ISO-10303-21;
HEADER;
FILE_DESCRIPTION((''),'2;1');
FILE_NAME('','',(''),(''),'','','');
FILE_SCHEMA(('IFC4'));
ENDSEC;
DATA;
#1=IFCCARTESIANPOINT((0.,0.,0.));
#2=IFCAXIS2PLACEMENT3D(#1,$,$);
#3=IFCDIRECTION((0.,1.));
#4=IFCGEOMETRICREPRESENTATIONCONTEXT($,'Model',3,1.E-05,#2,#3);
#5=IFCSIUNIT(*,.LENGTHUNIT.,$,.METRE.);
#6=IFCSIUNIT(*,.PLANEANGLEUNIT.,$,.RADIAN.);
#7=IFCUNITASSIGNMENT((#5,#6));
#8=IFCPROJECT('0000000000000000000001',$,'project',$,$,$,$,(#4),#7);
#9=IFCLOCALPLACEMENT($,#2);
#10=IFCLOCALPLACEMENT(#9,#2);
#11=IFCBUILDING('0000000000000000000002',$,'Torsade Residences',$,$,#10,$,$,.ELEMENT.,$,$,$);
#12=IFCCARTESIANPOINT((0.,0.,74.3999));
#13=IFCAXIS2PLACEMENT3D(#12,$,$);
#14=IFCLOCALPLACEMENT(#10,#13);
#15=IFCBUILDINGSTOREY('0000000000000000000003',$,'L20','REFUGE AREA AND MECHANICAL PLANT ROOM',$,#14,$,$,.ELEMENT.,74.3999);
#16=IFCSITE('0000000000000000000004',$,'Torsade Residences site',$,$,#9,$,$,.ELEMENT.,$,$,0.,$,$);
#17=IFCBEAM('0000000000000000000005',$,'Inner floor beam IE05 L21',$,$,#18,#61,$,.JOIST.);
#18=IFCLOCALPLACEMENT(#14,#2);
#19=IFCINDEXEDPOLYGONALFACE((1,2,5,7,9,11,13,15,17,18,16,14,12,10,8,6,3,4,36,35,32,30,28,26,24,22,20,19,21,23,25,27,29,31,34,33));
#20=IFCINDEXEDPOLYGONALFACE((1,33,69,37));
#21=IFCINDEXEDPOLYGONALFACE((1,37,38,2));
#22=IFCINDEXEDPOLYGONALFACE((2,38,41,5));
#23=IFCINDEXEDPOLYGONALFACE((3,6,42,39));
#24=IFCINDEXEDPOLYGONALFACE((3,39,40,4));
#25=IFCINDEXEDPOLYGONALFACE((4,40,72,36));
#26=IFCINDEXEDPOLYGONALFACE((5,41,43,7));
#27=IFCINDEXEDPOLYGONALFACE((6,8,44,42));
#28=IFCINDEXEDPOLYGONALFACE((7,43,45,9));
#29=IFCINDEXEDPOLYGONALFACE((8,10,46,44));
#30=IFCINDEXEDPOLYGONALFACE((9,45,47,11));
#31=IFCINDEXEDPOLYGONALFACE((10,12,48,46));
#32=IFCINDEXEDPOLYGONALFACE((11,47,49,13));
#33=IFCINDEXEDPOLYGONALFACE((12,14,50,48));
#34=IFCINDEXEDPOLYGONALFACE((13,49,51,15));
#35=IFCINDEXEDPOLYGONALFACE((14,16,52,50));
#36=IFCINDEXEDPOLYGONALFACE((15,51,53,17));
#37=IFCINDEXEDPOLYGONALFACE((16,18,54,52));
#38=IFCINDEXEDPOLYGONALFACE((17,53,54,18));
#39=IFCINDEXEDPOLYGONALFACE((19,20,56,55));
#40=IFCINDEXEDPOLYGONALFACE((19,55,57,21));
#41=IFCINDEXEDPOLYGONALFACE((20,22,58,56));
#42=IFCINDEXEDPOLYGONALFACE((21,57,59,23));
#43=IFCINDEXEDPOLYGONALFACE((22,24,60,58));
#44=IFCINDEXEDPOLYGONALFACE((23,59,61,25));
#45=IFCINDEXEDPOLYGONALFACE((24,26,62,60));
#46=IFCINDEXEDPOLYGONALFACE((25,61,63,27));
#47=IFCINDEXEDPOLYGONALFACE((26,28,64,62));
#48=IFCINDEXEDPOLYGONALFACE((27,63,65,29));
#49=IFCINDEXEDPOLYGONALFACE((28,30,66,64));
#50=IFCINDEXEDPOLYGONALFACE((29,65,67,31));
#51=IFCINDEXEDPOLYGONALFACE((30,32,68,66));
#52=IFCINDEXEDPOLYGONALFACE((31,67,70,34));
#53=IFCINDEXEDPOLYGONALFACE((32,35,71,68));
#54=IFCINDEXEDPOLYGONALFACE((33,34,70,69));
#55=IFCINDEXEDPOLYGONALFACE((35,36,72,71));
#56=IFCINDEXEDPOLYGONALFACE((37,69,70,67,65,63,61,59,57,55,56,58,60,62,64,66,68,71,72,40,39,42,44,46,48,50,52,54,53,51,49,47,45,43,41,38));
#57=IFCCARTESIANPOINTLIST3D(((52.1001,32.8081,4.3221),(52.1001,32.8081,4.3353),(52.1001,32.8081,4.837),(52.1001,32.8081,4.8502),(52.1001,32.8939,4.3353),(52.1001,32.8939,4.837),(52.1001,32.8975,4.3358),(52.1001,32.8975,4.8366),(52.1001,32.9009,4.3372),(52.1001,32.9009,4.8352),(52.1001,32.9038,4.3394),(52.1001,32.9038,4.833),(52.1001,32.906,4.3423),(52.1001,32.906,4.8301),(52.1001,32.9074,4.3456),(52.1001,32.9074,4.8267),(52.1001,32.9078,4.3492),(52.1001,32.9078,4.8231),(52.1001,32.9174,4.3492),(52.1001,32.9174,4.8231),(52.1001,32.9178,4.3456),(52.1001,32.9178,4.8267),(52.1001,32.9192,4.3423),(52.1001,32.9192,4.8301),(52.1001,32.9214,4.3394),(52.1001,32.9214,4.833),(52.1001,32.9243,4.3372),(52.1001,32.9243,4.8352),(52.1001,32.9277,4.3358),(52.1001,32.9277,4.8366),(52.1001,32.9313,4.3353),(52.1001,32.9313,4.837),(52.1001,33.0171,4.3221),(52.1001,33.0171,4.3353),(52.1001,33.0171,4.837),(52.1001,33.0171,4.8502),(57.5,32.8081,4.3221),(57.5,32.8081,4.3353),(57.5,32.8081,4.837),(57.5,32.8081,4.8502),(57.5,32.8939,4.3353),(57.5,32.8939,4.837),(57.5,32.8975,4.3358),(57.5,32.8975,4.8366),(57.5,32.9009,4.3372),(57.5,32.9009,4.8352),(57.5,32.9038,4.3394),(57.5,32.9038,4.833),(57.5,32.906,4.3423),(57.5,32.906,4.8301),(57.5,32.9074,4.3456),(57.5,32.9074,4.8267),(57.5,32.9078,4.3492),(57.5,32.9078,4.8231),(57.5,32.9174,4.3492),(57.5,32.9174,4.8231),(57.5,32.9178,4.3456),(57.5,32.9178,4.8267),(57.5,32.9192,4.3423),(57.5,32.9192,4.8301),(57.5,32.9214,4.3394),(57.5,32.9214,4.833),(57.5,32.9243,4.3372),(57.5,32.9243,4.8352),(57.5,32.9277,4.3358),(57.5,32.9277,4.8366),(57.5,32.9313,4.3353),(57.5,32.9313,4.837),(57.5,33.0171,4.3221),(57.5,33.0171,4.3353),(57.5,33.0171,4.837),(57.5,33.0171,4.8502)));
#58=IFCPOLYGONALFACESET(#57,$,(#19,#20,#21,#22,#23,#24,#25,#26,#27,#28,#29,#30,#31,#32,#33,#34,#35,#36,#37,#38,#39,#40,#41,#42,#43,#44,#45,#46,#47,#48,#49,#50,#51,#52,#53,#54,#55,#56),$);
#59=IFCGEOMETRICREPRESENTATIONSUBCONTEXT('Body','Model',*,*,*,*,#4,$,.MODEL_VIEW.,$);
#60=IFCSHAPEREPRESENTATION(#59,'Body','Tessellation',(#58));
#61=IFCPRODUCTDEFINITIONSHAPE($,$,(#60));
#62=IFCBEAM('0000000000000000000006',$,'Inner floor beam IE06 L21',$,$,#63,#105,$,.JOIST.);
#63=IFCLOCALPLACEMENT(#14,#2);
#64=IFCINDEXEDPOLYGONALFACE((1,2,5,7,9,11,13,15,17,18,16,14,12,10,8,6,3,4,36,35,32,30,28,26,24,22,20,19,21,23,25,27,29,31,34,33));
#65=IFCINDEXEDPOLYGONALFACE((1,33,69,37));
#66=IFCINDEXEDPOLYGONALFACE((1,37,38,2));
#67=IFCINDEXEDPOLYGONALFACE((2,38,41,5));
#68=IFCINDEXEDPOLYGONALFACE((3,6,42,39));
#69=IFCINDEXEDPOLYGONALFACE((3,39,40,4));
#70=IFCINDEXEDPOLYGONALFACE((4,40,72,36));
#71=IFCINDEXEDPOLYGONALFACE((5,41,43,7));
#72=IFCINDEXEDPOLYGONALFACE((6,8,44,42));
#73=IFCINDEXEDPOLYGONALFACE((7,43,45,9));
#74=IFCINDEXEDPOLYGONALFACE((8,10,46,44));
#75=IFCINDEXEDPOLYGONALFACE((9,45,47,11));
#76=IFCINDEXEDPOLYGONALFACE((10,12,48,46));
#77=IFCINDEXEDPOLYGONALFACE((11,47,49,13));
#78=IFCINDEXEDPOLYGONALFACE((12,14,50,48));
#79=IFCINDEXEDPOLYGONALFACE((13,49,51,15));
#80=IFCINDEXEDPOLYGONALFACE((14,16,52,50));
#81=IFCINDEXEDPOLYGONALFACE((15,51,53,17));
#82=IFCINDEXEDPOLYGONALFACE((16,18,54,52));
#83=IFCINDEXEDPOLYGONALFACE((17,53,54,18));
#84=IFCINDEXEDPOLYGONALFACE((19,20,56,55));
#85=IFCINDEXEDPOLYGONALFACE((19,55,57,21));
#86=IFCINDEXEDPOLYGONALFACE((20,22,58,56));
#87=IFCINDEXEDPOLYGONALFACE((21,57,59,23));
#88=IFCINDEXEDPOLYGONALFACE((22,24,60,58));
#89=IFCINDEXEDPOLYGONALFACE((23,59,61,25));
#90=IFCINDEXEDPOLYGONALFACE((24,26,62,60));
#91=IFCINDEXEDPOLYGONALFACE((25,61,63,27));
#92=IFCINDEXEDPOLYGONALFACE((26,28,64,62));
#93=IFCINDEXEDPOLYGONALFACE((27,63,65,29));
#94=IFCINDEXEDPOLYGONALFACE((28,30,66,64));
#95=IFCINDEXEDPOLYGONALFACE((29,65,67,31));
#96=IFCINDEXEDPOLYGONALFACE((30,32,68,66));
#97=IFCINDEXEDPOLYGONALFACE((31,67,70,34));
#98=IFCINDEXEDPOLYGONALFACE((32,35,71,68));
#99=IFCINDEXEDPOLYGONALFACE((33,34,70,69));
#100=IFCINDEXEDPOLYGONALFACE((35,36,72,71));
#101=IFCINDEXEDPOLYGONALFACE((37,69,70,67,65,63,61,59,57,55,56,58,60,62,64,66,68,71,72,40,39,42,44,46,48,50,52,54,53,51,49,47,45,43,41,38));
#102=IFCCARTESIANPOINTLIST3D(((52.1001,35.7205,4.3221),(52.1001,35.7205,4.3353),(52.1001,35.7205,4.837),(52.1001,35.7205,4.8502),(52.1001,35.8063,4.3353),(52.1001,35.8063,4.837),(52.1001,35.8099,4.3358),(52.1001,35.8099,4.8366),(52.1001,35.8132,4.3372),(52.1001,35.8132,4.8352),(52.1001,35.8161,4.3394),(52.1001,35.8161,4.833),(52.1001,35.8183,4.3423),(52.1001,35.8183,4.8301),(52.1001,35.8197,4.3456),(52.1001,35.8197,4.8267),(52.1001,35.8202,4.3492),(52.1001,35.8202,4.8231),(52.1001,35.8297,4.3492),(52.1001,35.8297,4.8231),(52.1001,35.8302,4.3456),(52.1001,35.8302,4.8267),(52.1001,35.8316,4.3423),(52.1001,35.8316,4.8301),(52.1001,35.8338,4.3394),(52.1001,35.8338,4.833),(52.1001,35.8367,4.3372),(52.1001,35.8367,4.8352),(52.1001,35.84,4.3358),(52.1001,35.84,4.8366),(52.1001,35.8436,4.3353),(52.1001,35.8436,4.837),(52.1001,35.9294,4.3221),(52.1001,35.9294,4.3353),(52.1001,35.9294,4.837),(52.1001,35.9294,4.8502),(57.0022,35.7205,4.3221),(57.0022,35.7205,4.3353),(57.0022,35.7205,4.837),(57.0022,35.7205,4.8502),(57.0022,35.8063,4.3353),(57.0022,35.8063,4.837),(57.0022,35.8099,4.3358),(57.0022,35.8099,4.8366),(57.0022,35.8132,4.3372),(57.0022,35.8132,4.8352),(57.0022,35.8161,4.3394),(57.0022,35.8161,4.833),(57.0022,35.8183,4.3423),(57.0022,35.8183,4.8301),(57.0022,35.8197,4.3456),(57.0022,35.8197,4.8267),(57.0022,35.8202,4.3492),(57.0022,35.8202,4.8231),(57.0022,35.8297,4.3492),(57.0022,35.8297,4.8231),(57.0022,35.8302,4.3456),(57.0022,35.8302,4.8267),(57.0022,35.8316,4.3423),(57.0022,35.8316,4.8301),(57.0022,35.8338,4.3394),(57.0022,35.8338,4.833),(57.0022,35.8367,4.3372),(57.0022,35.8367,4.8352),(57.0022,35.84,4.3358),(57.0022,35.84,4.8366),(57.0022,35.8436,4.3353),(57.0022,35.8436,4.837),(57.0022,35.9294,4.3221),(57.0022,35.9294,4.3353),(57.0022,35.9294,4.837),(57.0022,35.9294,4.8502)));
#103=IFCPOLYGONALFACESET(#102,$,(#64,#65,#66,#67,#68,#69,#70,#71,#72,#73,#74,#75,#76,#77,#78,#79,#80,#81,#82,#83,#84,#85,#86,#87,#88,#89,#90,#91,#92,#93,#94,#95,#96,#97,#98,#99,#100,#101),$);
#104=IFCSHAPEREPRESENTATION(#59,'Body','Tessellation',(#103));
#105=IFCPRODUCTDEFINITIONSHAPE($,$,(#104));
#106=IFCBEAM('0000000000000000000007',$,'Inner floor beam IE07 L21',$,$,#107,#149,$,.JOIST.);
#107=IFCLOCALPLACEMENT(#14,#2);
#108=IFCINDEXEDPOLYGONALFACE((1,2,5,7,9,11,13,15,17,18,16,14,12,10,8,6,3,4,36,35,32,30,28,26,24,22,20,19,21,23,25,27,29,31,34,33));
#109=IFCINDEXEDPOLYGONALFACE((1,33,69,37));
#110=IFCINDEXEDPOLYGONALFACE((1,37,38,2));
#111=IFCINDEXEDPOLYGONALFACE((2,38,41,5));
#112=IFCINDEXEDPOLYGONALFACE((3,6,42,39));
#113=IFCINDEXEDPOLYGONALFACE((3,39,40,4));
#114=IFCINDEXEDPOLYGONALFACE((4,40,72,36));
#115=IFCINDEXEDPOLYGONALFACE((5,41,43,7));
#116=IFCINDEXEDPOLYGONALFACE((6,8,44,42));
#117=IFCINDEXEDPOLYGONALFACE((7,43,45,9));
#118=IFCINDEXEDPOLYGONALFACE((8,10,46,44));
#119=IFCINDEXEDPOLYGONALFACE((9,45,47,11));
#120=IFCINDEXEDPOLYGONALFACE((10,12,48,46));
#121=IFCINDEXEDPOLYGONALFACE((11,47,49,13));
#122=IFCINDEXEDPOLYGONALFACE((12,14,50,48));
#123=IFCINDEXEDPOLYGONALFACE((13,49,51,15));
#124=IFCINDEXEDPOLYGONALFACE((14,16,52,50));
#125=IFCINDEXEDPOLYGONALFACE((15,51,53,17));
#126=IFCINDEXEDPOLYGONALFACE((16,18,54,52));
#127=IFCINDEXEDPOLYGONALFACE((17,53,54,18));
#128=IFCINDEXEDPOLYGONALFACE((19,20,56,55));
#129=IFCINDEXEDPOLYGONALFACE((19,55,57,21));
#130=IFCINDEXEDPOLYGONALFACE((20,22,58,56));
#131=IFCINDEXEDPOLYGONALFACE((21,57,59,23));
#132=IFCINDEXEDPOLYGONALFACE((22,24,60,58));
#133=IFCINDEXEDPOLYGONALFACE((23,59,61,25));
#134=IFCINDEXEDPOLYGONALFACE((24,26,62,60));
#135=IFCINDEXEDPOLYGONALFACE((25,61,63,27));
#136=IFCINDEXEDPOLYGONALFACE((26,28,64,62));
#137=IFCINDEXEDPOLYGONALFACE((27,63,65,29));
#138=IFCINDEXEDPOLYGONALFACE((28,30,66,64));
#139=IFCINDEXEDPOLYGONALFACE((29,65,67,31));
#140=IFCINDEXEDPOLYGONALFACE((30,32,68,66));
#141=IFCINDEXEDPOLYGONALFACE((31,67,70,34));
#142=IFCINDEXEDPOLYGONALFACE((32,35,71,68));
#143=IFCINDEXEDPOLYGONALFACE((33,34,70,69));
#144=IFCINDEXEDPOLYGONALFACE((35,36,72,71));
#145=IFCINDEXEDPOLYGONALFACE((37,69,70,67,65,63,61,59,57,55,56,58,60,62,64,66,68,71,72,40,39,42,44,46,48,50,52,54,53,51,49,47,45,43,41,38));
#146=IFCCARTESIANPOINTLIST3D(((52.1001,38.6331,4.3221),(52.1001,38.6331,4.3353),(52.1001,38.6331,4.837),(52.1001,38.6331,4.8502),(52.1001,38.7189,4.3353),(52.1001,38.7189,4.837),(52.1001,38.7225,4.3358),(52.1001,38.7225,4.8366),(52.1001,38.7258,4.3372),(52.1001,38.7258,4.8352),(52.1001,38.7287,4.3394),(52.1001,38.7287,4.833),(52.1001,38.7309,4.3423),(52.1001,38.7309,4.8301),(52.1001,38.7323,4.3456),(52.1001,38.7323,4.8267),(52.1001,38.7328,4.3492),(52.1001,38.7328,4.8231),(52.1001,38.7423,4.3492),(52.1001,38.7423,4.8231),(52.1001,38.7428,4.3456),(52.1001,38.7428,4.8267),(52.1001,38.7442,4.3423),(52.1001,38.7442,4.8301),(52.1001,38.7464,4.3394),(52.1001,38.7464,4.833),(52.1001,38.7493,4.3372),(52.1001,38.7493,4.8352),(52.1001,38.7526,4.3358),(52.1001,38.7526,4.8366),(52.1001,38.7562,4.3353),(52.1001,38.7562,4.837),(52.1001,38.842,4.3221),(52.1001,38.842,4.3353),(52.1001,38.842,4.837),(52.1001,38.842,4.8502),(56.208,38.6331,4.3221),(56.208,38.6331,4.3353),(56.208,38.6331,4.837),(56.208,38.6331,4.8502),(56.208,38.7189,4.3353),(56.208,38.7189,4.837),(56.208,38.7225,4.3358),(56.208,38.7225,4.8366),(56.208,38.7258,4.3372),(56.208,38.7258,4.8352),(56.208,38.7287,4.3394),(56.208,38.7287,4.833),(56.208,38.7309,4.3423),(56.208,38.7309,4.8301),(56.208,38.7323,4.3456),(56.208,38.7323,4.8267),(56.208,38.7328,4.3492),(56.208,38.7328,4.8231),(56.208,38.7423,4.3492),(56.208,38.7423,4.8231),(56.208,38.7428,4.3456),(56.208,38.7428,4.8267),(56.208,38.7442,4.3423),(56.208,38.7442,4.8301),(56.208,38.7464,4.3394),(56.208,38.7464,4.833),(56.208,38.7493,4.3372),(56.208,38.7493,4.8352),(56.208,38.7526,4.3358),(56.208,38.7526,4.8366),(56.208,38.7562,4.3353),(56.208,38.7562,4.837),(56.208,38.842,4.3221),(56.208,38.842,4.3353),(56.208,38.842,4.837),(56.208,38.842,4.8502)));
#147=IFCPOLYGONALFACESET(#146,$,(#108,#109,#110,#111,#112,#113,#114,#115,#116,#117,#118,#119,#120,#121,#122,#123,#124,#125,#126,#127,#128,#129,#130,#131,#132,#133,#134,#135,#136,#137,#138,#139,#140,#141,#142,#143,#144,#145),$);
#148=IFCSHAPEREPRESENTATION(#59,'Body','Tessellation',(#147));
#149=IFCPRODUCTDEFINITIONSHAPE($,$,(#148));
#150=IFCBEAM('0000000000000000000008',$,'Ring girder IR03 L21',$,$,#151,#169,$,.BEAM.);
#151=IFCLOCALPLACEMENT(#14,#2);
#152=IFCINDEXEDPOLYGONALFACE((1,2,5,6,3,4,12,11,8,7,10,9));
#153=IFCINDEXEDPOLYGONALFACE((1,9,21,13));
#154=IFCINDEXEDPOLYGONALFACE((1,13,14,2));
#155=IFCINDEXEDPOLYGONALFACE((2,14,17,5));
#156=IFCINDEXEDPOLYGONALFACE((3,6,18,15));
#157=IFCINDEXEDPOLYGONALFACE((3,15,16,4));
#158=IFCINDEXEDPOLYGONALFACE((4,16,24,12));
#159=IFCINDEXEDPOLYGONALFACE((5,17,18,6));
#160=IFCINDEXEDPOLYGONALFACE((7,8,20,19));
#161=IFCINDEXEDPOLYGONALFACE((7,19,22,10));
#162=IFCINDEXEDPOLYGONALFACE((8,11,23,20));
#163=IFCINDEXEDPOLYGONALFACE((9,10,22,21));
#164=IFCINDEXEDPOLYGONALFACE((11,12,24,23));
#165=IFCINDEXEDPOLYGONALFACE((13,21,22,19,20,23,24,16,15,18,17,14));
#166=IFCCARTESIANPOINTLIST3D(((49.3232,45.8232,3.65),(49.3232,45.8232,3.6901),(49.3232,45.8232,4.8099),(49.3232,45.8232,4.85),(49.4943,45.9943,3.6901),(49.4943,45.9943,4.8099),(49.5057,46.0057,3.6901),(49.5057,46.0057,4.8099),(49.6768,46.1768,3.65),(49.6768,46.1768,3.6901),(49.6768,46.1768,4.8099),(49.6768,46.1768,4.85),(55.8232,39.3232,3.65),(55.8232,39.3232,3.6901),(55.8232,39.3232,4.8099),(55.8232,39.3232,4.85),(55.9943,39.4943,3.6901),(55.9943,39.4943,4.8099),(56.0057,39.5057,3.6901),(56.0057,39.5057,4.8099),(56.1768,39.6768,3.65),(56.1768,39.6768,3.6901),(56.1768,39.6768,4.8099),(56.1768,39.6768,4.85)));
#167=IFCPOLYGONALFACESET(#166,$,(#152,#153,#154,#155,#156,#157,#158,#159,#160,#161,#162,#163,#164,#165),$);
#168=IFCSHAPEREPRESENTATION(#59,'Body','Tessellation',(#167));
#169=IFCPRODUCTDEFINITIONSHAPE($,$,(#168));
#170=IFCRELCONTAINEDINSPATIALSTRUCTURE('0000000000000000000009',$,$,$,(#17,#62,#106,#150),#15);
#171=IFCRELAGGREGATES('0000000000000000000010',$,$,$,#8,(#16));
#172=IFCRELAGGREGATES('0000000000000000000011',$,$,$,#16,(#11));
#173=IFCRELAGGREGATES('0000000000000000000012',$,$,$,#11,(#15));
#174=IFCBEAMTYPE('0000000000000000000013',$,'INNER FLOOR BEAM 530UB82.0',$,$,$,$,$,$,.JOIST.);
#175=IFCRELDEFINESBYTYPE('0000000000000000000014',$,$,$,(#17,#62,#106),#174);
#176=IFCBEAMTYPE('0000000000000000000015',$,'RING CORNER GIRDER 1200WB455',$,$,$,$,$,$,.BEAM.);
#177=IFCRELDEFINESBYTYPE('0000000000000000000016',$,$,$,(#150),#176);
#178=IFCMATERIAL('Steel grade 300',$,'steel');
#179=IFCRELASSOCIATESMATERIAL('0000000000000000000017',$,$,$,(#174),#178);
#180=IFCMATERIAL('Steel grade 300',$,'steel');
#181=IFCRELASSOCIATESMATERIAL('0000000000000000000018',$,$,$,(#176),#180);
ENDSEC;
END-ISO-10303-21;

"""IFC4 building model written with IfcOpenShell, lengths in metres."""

from ifc_helpers import new_model, si_unit, direction, frame, origin, origin_2d, place, context, subcontext, project, spatial, i_section, extrude, material, material_profile, profile_set, type_object, element, save


model = new_model("IFC4")

# Units and contexts
model_context = context("Model", 3, precision=1e-05, world=origin(), true_north=direction((0.0, 1.0)))
body_context = subcontext(model_context, "Body", "Model", "MODEL_VIEW")
ifc_project = project(units=[si_unit("LENGTHUNIT", "METRE"), si_unit("PLANEANGLEUNIT", "RADIAN")], contexts=[model_context])

# Site, building, storey
site_placement = place(None, origin())
site = spatial("IfcSite", under=ifc_project, at=site_placement, Name="Torsade Residences site", CompositionType="ELEMENT", RefElevation=0.0)
building_placement = place(site_placement, origin())
building = spatial("IfcBuilding", under=site, at=building_placement, Name="Torsade Residences", CompositionType="ELEMENT")
storey_placement = place(building_placement, frame((0.0, 0.0, 74.3999)))
storey = spatial("IfcBuildingStorey", under=building, at=storey_placement, Name="L20", Description="REFUGE AREA AND MECHANICAL PLANT ROOM", CompositionType="ELEMENT", Elevation=74.3999)

# Beams
ifc_material_1 = material(Name="Steel grade 300", Category="steel")
ifc_material_profile_1 = material_profile(ifc_material_1, i_section(OverallWidth=0.209, OverallDepth=0.5281, WebThickness=0.0095, FlangeThickness=0.0132, FilletRadius=0.0139, at=origin_2d()), Name="530UB82.0")
ifc_profile_set_1 = profile_set([ifc_material_profile_1], Name="Steel grade 300")
beam_type_1 = type_object("IfcBeamType", Name="INNER FLOOR BEAM 530UB82.0", PredefinedType="JOIST", material=ifc_profile_set_1)
for number, where, z_axis, x_axis, name in (
    (1, (52.1001, 32.9126, 4.5862), (1.0, 0.0, 0.0), (0.0, 1.0, 0.0), "Inner floor beam IE05 L21"),
):
    element("IfcBeam", number, at=place(storey_placement, frame(where, z_axis=z_axis, x_axis=x_axis)), inside=storey, type_object=beam_type_1, Name=name, PredefinedType="JOIST", context=body_context, shape_type="SweptSolid", body=[
        extrude(i_section(OverallWidth=0.209, OverallDepth=0.5281, WebThickness=0.0095, FlangeThickness=0.0132, FilletRadius=0.0139, at=origin_2d()), origin(), (0.0, 0.0, 1.0), 5.3999),
    ])
beam_1_placement = place(storey_placement, frame((52.1001, 35.825, 4.5862), z_axis=(1.0, 0.0, 0.0), x_axis=(0.0, 1.0, 0.0)))
element("IfcBeam", 2, at=beam_1_placement, inside=storey, type_object=beam_type_1, Name="Inner floor beam IE06 L21", PredefinedType="JOIST", context=body_context, shape_type="SweptSolid", body=[
    extrude(i_section(OverallWidth=0.209, OverallDepth=0.5281, WebThickness=0.0095, FlangeThickness=0.0132, FilletRadius=0.0139, at=origin_2d()), origin(), (0.0, 0.0, 1.0), 4.9021),
])
beam_2_placement = place(storey_placement, frame((52.1001, 38.7375, 4.5862), z_axis=(1.0, 0.0, 0.0), x_axis=(0.0, 1.0, 0.0)))
element("IfcBeam", 3, at=beam_2_placement, inside=storey, type_object=beam_type_1, Name="Inner floor beam IE07 L21", PredefinedType="JOIST", context=body_context, shape_type="SweptSolid", body=[
    extrude(i_section(OverallWidth=0.209, OverallDepth=0.5281, WebThickness=0.0095, FlangeThickness=0.0132, FilletRadius=0.0139, at=origin_2d()), origin(), (0.0, 0.0, 1.0), 4.1079),
])
ifc_material_2 = material(Name="Steel grade 300", Category="steel")
ifc_material_profile_2 = material_profile(ifc_material_2, i_section(OverallWidth=0.5, OverallDepth=1.2, WebThickness=0.0161, FlangeThickness=0.04, at=origin_2d()), Name="1200WB455")
ifc_profile_set_2 = profile_set([ifc_material_profile_2], Name="Steel grade 300")
beam_type_2 = type_object("IfcBeamType", Name="RING CORNER GIRDER 1200WB455", PredefinedType="BEAM", material=ifc_profile_set_2)
beam_3_placement = place(storey_placement, frame((56.0, 39.5, 4.25), z_axis=(-0.707107, 0.707107, 0.0), x_axis=(-0.707107, -0.707107, 0.0)))
element("IfcBeam", 4, at=beam_3_placement, inside=storey, type_object=beam_type_2, Name="Ring girder IR03 L21", PredefinedType="BEAM", context=body_context, shape_type="SweptSolid", body=[
    extrude(i_section(OverallWidth=0.5, OverallDepth=1.2, WebThickness=0.0161, FlangeThickness=0.04, at=origin_2d()), origin(), (0.0, 0.0, 1.0), 9.1924),
])

save(model, "model.ifc")
